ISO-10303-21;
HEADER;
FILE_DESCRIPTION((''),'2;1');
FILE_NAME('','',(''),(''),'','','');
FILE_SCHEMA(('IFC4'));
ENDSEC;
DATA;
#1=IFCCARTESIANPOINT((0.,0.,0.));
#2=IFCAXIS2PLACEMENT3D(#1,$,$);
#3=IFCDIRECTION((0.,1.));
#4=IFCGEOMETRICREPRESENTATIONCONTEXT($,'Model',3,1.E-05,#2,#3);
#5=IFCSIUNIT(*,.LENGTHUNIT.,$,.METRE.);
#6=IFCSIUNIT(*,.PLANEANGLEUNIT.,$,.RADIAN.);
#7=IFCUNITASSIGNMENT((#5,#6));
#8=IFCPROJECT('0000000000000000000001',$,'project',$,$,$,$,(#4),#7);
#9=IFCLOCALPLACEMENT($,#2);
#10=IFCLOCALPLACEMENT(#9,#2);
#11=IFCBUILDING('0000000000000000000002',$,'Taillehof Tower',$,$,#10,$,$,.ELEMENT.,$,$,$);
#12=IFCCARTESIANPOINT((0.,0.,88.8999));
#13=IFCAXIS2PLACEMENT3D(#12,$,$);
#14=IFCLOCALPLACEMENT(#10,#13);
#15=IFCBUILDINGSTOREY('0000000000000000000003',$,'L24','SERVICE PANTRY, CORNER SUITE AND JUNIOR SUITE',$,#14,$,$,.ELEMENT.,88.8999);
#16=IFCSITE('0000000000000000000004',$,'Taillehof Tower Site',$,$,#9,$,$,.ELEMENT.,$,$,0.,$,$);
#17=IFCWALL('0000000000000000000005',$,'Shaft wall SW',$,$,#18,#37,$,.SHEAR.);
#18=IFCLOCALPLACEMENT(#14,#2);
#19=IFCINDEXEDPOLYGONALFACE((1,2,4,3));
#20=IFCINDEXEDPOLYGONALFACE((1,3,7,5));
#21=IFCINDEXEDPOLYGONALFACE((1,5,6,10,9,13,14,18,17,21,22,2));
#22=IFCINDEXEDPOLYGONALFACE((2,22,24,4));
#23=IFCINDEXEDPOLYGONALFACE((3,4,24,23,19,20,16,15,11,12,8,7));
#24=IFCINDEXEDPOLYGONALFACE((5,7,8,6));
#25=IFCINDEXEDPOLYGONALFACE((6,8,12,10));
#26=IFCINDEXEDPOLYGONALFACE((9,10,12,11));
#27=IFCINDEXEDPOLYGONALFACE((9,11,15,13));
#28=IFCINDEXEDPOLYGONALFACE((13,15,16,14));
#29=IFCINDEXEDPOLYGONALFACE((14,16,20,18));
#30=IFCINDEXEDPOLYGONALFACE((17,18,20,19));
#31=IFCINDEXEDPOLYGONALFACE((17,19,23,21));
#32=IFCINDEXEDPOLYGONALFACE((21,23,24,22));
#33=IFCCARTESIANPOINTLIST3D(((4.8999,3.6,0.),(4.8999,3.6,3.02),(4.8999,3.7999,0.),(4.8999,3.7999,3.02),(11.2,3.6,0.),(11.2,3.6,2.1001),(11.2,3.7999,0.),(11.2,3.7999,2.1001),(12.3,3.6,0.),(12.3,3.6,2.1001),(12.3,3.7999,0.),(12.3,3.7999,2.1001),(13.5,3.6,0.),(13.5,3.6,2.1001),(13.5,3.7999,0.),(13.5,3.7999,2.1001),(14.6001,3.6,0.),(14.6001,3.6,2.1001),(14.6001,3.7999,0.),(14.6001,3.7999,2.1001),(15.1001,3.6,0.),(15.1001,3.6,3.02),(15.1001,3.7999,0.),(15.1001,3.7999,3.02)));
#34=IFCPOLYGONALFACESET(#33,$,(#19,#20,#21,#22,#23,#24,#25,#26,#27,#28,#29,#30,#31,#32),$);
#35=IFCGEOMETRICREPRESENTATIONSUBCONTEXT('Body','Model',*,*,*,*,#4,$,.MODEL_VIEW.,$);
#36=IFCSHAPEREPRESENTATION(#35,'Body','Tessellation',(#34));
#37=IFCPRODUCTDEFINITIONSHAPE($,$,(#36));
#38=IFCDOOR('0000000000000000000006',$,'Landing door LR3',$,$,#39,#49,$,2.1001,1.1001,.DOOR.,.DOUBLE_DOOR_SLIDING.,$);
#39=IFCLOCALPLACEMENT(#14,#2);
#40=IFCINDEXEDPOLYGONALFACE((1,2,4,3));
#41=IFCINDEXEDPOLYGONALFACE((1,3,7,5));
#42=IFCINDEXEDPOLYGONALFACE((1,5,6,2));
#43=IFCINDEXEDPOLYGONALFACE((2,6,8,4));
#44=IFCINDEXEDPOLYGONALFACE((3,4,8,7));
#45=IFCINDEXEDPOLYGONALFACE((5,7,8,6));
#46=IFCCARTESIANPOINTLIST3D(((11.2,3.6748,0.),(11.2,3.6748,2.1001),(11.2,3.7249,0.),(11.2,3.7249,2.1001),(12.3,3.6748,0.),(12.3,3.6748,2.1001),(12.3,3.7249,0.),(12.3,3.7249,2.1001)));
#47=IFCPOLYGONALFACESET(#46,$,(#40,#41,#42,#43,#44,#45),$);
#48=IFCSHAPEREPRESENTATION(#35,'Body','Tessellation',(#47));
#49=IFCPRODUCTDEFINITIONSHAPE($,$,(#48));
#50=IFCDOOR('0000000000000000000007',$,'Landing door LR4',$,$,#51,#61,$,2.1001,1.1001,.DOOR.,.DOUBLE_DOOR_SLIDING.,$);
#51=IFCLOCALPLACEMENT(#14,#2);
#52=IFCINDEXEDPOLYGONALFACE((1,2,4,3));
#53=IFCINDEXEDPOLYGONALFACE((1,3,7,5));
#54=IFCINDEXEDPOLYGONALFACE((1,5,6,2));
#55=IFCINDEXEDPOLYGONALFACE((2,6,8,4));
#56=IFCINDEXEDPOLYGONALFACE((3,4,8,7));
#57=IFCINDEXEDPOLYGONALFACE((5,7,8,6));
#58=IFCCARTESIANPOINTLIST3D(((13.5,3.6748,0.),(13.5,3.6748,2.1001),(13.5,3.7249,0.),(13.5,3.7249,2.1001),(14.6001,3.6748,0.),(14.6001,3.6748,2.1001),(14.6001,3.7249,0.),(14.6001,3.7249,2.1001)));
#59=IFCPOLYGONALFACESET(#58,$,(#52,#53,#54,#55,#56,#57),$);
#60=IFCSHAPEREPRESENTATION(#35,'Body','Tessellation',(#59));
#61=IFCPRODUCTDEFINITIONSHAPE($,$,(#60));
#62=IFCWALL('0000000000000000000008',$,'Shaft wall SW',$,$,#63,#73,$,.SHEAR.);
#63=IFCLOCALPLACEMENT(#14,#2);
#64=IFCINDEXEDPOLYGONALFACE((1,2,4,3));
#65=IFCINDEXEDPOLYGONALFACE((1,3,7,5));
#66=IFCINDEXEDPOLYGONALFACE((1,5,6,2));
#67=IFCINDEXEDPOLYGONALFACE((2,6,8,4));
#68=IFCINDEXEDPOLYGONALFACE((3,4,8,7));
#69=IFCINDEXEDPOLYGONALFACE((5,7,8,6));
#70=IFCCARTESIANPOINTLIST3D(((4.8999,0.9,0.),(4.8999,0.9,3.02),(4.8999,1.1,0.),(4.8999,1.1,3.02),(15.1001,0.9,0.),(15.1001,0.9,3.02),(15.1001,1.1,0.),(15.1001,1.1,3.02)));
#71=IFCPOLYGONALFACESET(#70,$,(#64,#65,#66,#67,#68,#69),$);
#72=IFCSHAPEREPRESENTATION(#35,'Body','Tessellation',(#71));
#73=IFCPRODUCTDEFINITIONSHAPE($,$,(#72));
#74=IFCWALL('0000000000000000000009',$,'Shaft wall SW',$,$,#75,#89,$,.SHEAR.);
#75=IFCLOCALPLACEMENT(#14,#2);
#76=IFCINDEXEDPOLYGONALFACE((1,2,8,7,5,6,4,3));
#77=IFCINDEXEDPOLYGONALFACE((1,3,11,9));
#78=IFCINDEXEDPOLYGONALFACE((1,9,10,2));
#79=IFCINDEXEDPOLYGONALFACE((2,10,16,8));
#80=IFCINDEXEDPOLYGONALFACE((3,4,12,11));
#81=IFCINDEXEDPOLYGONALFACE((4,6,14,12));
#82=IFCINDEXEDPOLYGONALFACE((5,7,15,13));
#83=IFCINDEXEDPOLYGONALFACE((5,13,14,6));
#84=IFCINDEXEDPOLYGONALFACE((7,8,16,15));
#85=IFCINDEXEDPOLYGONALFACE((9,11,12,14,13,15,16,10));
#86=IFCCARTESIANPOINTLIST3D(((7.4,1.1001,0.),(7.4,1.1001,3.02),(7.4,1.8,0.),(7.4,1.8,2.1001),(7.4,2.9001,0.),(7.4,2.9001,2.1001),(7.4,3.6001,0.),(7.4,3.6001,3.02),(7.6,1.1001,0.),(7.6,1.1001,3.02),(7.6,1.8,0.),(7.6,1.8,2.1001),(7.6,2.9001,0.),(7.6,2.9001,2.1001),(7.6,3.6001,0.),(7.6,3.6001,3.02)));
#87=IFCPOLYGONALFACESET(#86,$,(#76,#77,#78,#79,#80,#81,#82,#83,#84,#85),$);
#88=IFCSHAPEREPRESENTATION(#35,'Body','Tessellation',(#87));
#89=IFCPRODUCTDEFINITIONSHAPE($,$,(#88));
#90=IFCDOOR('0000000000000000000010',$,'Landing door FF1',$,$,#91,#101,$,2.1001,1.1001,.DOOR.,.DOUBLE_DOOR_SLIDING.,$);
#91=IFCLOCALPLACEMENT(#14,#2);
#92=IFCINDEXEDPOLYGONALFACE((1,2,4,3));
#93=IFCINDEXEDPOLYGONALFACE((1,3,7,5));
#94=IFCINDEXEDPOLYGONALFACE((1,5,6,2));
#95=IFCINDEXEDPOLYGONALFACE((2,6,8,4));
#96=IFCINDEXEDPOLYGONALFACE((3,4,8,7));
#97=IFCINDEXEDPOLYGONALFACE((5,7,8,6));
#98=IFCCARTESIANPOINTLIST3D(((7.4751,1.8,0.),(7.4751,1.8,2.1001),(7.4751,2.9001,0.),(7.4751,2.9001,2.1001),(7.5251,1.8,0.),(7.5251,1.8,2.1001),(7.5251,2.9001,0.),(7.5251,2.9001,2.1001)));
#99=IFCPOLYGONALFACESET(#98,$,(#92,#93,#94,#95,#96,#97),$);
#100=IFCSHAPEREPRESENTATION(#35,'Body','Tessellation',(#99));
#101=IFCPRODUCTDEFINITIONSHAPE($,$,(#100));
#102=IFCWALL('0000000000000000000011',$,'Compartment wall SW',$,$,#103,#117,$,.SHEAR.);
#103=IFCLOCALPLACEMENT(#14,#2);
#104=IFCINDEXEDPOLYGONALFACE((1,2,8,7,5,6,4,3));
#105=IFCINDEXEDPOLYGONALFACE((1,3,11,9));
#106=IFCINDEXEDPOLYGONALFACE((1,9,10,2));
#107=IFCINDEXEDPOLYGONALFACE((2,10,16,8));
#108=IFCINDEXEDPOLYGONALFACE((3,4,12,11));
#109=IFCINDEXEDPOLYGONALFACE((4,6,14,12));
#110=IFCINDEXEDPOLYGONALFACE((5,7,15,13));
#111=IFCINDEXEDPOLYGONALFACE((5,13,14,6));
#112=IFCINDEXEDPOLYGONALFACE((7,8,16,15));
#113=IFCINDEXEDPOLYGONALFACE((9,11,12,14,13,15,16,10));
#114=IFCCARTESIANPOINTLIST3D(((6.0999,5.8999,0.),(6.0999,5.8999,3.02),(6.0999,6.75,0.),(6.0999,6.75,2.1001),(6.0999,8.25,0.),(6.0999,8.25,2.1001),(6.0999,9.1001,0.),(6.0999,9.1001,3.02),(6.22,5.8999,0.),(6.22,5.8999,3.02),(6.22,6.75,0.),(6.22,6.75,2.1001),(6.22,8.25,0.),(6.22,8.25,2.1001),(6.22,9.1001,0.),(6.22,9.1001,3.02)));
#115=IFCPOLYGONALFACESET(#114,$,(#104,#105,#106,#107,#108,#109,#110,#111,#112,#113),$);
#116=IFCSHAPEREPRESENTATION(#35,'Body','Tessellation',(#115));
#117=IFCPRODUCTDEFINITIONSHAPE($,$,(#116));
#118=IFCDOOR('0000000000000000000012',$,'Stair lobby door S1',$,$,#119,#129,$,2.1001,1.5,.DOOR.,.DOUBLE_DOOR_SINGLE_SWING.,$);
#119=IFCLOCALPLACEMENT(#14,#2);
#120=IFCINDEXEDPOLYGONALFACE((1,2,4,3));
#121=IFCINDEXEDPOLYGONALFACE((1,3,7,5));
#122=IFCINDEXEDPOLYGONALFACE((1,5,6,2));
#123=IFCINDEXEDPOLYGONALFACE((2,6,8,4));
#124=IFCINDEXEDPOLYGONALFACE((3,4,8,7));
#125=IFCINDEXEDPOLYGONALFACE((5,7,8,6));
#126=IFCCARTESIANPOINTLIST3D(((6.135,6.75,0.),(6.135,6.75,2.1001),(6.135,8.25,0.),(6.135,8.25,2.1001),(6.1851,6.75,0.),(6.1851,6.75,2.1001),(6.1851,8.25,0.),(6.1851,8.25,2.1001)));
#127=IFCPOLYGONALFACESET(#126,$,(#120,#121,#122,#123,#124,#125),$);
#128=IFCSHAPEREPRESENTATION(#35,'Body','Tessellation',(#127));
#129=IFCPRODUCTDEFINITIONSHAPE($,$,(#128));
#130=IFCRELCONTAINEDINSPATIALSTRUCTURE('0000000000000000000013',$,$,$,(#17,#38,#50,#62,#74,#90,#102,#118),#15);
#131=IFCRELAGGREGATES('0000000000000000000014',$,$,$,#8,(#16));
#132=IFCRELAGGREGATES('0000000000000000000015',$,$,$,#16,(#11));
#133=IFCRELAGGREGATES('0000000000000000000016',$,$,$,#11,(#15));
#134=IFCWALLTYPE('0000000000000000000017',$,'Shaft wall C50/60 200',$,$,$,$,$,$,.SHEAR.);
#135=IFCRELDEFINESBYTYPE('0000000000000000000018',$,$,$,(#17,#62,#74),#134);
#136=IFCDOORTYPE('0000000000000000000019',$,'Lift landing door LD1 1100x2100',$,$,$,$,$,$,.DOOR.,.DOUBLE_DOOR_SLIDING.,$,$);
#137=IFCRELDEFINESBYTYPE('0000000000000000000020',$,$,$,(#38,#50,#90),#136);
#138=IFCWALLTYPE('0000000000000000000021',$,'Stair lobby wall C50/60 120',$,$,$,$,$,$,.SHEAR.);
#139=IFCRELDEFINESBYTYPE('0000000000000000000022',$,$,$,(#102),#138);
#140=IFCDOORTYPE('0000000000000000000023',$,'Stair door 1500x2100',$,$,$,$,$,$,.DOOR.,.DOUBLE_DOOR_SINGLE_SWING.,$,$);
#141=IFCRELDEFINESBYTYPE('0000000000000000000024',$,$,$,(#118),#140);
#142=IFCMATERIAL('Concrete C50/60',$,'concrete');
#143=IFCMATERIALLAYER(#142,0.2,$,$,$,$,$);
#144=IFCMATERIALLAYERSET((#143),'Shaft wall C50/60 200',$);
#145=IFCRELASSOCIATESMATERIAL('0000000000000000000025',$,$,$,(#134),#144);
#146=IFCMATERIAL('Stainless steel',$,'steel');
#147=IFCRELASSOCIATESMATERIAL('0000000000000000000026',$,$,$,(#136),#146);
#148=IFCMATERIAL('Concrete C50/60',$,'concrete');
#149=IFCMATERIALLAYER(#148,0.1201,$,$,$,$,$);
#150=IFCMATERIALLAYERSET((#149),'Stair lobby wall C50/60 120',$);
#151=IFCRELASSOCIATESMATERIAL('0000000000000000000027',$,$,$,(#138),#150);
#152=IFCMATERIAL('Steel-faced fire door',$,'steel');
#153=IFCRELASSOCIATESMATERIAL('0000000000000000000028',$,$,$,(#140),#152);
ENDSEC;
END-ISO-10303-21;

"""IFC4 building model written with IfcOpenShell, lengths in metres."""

from ifc_helpers import new_model, si_unit, direction, frame, frame_2d, origin, place, context, subcontext, project, spatial, rectangle, extrude, material, layer, layer_set, type_object, element, fill, save


model = new_model("IFC4")

# Units and contexts
model_context = context("Model", 3, precision=1e-05, world=origin(), true_north=direction((0.0, 1.0)))
body_context = subcontext(model_context, "Body", "Model", "MODEL_VIEW")
ifc_project = project(units=[si_unit("LENGTHUNIT", "METRE"), si_unit("PLANEANGLEUNIT", "RADIAN")], contexts=[model_context])

# Site, building, storey
site_placement = place(None, origin())
site = spatial("IfcSite", under=ifc_project, at=site_placement, Name="Taillehof Tower Site", CompositionType="ELEMENT", RefElevation=0.0)
building_placement = place(site_placement, origin())
building = spatial("IfcBuilding", under=site, at=building_placement, Name="Taillehof Tower", CompositionType="ELEMENT")
storey_placement = place(building_placement, frame((0.0, 0.0, 88.8999)))
storey = spatial("IfcBuildingStorey", under=building, at=storey_placement, Name="L24", Description="SERVICE PANTRY, CORNER SUITE AND JUNIOR SUITE", CompositionType="ELEMENT", Elevation=88.8999)

# Wall, openings, doors
ifc_material_1 = material(Name="Concrete C50/60", Category="concrete")
ifc_layer_1 = layer(ifc_material_1, 0.2)
ifc_layer_set_1 = layer_set([ifc_layer_1], Name="Shaft wall C50/60 200")
wall_type_1 = type_object("IfcWallType", Name="Shaft wall C50/60 200", PredefinedType="SHEAR", material=ifc_layer_set_1)
ifc_material_2 = material(Name="Stainless steel", Category="steel")
door_type_1 = type_object("IfcDoorType", Name="Lift landing door LD1 1100x2100", OperationType="DOUBLE_DOOR_SLIDING", PredefinedType="DOOR", material=ifc_material_2)
wall_1_placement = place(storey_placement, frame((4.8999, 3.7, 0.0), z_axis=(0.0, 0.0, 1.0), x_axis=(1.0, 0.0, 0.0)))
wall_1 = element("IfcWall", 1, at=wall_1_placement, inside=storey, type_object=wall_type_1, Name="Shaft wall SW", PredefinedType="SHEAR", context=body_context, shape_type="SweptSolid", body=[
    extrude(rectangle(XDim=10.2002, YDim=0.2, at=frame_2d((5.1001, 0.0))), origin(), (0.0, 0.0, 1.0), 3.02),
])
opening_1_placement = place(wall_1_placement, frame((6.3, 0.0, 0.0)))
opening_1 = element("IfcOpeningElement", 2, at=opening_1_placement, cuts=wall_1, PredefinedType="OPENING", context=body_context, shape_type="SweptSolid", body=[
    extrude(rectangle(XDim=1.1001, YDim=2.1001, at=frame_2d((0.55, 1.05))), frame((0.0, 0.1099, 0.0), z_axis=(0.0, -1.0, 0.0), x_axis=(1.0, 0.0, 0.0)), (0.0, 0.0, 1.0), 0.22),
])
opening_2_placement = place(wall_1_placement, frame((8.6001, 0.0, 0.0)))
opening_2 = element("IfcOpeningElement", 3, at=opening_2_placement, cuts=wall_1, PredefinedType="OPENING", context=body_context, shape_type="SweptSolid", body=[
    extrude(rectangle(XDim=1.1001, YDim=2.1001, at=frame_2d((0.55, 1.05))), frame((0.0, 0.1099, 0.0), z_axis=(0.0, -1.0, 0.0), x_axis=(1.0, 0.0, 0.0)), (0.0, 0.0, 1.0), 0.22),
])
door_1_placement = place(opening_1_placement, origin())
door_1 = element("IfcDoor", 4, at=door_1_placement, inside=storey, type_object=door_type_1, Name="Landing door LR3", OperationType="DOUBLE_DOOR_SLIDING", OverallHeight=2.1001, OverallWidth=1.1001, PredefinedType="DOOR", context=body_context, shape_type="SweptSolid", body=[
    extrude(rectangle(XDim=1.1001, YDim=2.1001, at=frame_2d((0.55, 1.05))), frame((0.0, 0.0249, 0.0), z_axis=(0.0, -1.0, 0.0), x_axis=(1.0, 0.0, 0.0)), (0.0, 0.0, 1.0), 0.05),
])
fill(opening_1, door_1)
door_2_placement = place(opening_2_placement, origin())
door_2 = element("IfcDoor", 5, at=door_2_placement, inside=storey, type_object=door_type_1, Name="Landing door LR4", OperationType="DOUBLE_DOOR_SLIDING", OverallHeight=2.1001, OverallWidth=1.1001, PredefinedType="DOOR", context=body_context, shape_type="SweptSolid", body=[
    extrude(rectangle(XDim=1.1001, YDim=2.1001, at=frame_2d((0.55, 1.05))), frame((0.0, 0.0249, 0.0), z_axis=(0.0, -1.0, 0.0), x_axis=(1.0, 0.0, 0.0)), (0.0, 0.0, 1.0), 0.05),
])
fill(opening_2, door_2)

# Wall
wall_2_placement = place(storey_placement, frame((4.8999, 1.0, 0.0), z_axis=(0.0, 0.0, 1.0), x_axis=(1.0, 0.0, 0.0)))
element("IfcWall", 6, at=wall_2_placement, inside=storey, type_object=wall_type_1, Name="Shaft wall SW", PredefinedType="SHEAR", context=body_context, shape_type="SweptSolid", body=[
    extrude(rectangle(XDim=10.2002, YDim=0.2, at=frame_2d((5.1001, 0.0))), origin(), (0.0, 0.0, 1.0), 3.02),
])

# Walls, openings, doors
wall_3_placement = place(storey_placement, frame((7.5, 1.1001, 0.0), z_axis=(0.0, 0.0, 1.0), x_axis=(0.0, 1.0, 0.0)))
wall_3 = element("IfcWall", 7, at=wall_3_placement, inside=storey, type_object=wall_type_1, Name="Shaft wall SW", PredefinedType="SHEAR", context=body_context, shape_type="SweptSolid", body=[
    extrude(rectangle(XDim=2.5, YDim=0.2, at=frame_2d((1.25, 0.0))), origin(), (0.0, 0.0, 1.0), 3.02),
])
opening_3_placement = place(wall_3_placement, frame((0.7, 0.0, 0.0)))
opening_3 = element("IfcOpeningElement", 8, at=opening_3_placement, cuts=wall_3, PredefinedType="OPENING", context=body_context, shape_type="SweptSolid", body=[
    extrude(rectangle(XDim=1.1001, YDim=2.1001, at=frame_2d((0.55, 1.05))), frame((0.0, 0.1099, 0.0), z_axis=(0.0, -1.0, 0.0), x_axis=(1.0, 0.0, 0.0)), (0.0, 0.0, 1.0), 0.22),
])
door_3_placement = place(opening_3_placement, origin())
door_3 = element("IfcDoor", 9, at=door_3_placement, inside=storey, type_object=door_type_1, Name="Landing door FF1", OperationType="DOUBLE_DOOR_SLIDING", OverallHeight=2.1001, OverallWidth=1.1001, PredefinedType="DOOR", context=body_context, shape_type="SweptSolid", body=[
    extrude(rectangle(XDim=1.1001, YDim=2.1001, at=frame_2d((0.55, 1.05))), frame((0.0, 0.0249, 0.0), z_axis=(0.0, -1.0, 0.0), x_axis=(1.0, 0.0, 0.0)), (0.0, 0.0, 1.0), 0.05),
])
fill(opening_3, door_3)
ifc_material_3 = material(Name="Concrete C50/60", Category="concrete")
ifc_layer_2 = layer(ifc_material_3, 0.1201)
ifc_layer_set_2 = layer_set([ifc_layer_2], Name="Stair lobby wall C50/60 120")
wall_type_2 = type_object("IfcWallType", Name="Stair lobby wall C50/60 120", PredefinedType="SHEAR", material=ifc_layer_set_2)
wall_4_placement = place(storey_placement, frame((6.1599, 5.8999, 0.0), z_axis=(0.0, 0.0, 1.0), x_axis=(0.0, 1.0, 0.0)))
wall_4 = element("IfcWall", 10, at=wall_4_placement, inside=storey, type_object=wall_type_2, Name="Compartment wall SW", PredefinedType="SHEAR", context=body_context, shape_type="SweptSolid", body=[
    extrude(rectangle(XDim=3.2002, YDim=0.1201, at=frame_2d((1.6001, 0.0))), origin(), (0.0, 0.0, 1.0), 3.02),
])
opening_4_placement = place(wall_4_placement, frame((0.8501, 0.0, 0.0)))
opening_4 = element("IfcOpeningElement", 11, at=opening_4_placement, cuts=wall_4, PredefinedType="OPENING", context=body_context, shape_type="SweptSolid", body=[
    extrude(rectangle(XDim=1.5, YDim=2.1001, at=frame_2d((0.75, 1.05))), frame((0.0, 0.0701, 0.0), z_axis=(0.0, -1.0, 0.0), x_axis=(1.0, 0.0, 0.0)), (0.0, 0.0, 1.0), 0.1401),
])
ifc_material_4 = material(Name="Steel-faced fire door", Category="steel")
door_type_2 = type_object("IfcDoorType", Name="Stair door 1500x2100", OperationType="DOUBLE_DOOR_SINGLE_SWING", PredefinedType="DOOR", material=ifc_material_4)
door_4_placement = place(opening_4_placement, origin())
door_4 = element("IfcDoor", 12, at=door_4_placement, inside=storey, type_object=door_type_2, Name="Stair lobby door S1", OperationType="DOUBLE_DOOR_SINGLE_SWING", OverallHeight=2.1001, OverallWidth=1.5, PredefinedType="DOOR", context=body_context, shape_type="SweptSolid", body=[
    extrude(rectangle(XDim=1.5, YDim=2.1001, at=frame_2d((0.75, 1.05))), frame((0.0, 0.0249, 0.0), z_axis=(0.0, -1.0, 0.0), x_axis=(1.0, 0.0, 0.0)), (0.0, 0.0, 1.0), 0.05),
])
fill(opening_4, door_4)

save(model, "model.ifc")
